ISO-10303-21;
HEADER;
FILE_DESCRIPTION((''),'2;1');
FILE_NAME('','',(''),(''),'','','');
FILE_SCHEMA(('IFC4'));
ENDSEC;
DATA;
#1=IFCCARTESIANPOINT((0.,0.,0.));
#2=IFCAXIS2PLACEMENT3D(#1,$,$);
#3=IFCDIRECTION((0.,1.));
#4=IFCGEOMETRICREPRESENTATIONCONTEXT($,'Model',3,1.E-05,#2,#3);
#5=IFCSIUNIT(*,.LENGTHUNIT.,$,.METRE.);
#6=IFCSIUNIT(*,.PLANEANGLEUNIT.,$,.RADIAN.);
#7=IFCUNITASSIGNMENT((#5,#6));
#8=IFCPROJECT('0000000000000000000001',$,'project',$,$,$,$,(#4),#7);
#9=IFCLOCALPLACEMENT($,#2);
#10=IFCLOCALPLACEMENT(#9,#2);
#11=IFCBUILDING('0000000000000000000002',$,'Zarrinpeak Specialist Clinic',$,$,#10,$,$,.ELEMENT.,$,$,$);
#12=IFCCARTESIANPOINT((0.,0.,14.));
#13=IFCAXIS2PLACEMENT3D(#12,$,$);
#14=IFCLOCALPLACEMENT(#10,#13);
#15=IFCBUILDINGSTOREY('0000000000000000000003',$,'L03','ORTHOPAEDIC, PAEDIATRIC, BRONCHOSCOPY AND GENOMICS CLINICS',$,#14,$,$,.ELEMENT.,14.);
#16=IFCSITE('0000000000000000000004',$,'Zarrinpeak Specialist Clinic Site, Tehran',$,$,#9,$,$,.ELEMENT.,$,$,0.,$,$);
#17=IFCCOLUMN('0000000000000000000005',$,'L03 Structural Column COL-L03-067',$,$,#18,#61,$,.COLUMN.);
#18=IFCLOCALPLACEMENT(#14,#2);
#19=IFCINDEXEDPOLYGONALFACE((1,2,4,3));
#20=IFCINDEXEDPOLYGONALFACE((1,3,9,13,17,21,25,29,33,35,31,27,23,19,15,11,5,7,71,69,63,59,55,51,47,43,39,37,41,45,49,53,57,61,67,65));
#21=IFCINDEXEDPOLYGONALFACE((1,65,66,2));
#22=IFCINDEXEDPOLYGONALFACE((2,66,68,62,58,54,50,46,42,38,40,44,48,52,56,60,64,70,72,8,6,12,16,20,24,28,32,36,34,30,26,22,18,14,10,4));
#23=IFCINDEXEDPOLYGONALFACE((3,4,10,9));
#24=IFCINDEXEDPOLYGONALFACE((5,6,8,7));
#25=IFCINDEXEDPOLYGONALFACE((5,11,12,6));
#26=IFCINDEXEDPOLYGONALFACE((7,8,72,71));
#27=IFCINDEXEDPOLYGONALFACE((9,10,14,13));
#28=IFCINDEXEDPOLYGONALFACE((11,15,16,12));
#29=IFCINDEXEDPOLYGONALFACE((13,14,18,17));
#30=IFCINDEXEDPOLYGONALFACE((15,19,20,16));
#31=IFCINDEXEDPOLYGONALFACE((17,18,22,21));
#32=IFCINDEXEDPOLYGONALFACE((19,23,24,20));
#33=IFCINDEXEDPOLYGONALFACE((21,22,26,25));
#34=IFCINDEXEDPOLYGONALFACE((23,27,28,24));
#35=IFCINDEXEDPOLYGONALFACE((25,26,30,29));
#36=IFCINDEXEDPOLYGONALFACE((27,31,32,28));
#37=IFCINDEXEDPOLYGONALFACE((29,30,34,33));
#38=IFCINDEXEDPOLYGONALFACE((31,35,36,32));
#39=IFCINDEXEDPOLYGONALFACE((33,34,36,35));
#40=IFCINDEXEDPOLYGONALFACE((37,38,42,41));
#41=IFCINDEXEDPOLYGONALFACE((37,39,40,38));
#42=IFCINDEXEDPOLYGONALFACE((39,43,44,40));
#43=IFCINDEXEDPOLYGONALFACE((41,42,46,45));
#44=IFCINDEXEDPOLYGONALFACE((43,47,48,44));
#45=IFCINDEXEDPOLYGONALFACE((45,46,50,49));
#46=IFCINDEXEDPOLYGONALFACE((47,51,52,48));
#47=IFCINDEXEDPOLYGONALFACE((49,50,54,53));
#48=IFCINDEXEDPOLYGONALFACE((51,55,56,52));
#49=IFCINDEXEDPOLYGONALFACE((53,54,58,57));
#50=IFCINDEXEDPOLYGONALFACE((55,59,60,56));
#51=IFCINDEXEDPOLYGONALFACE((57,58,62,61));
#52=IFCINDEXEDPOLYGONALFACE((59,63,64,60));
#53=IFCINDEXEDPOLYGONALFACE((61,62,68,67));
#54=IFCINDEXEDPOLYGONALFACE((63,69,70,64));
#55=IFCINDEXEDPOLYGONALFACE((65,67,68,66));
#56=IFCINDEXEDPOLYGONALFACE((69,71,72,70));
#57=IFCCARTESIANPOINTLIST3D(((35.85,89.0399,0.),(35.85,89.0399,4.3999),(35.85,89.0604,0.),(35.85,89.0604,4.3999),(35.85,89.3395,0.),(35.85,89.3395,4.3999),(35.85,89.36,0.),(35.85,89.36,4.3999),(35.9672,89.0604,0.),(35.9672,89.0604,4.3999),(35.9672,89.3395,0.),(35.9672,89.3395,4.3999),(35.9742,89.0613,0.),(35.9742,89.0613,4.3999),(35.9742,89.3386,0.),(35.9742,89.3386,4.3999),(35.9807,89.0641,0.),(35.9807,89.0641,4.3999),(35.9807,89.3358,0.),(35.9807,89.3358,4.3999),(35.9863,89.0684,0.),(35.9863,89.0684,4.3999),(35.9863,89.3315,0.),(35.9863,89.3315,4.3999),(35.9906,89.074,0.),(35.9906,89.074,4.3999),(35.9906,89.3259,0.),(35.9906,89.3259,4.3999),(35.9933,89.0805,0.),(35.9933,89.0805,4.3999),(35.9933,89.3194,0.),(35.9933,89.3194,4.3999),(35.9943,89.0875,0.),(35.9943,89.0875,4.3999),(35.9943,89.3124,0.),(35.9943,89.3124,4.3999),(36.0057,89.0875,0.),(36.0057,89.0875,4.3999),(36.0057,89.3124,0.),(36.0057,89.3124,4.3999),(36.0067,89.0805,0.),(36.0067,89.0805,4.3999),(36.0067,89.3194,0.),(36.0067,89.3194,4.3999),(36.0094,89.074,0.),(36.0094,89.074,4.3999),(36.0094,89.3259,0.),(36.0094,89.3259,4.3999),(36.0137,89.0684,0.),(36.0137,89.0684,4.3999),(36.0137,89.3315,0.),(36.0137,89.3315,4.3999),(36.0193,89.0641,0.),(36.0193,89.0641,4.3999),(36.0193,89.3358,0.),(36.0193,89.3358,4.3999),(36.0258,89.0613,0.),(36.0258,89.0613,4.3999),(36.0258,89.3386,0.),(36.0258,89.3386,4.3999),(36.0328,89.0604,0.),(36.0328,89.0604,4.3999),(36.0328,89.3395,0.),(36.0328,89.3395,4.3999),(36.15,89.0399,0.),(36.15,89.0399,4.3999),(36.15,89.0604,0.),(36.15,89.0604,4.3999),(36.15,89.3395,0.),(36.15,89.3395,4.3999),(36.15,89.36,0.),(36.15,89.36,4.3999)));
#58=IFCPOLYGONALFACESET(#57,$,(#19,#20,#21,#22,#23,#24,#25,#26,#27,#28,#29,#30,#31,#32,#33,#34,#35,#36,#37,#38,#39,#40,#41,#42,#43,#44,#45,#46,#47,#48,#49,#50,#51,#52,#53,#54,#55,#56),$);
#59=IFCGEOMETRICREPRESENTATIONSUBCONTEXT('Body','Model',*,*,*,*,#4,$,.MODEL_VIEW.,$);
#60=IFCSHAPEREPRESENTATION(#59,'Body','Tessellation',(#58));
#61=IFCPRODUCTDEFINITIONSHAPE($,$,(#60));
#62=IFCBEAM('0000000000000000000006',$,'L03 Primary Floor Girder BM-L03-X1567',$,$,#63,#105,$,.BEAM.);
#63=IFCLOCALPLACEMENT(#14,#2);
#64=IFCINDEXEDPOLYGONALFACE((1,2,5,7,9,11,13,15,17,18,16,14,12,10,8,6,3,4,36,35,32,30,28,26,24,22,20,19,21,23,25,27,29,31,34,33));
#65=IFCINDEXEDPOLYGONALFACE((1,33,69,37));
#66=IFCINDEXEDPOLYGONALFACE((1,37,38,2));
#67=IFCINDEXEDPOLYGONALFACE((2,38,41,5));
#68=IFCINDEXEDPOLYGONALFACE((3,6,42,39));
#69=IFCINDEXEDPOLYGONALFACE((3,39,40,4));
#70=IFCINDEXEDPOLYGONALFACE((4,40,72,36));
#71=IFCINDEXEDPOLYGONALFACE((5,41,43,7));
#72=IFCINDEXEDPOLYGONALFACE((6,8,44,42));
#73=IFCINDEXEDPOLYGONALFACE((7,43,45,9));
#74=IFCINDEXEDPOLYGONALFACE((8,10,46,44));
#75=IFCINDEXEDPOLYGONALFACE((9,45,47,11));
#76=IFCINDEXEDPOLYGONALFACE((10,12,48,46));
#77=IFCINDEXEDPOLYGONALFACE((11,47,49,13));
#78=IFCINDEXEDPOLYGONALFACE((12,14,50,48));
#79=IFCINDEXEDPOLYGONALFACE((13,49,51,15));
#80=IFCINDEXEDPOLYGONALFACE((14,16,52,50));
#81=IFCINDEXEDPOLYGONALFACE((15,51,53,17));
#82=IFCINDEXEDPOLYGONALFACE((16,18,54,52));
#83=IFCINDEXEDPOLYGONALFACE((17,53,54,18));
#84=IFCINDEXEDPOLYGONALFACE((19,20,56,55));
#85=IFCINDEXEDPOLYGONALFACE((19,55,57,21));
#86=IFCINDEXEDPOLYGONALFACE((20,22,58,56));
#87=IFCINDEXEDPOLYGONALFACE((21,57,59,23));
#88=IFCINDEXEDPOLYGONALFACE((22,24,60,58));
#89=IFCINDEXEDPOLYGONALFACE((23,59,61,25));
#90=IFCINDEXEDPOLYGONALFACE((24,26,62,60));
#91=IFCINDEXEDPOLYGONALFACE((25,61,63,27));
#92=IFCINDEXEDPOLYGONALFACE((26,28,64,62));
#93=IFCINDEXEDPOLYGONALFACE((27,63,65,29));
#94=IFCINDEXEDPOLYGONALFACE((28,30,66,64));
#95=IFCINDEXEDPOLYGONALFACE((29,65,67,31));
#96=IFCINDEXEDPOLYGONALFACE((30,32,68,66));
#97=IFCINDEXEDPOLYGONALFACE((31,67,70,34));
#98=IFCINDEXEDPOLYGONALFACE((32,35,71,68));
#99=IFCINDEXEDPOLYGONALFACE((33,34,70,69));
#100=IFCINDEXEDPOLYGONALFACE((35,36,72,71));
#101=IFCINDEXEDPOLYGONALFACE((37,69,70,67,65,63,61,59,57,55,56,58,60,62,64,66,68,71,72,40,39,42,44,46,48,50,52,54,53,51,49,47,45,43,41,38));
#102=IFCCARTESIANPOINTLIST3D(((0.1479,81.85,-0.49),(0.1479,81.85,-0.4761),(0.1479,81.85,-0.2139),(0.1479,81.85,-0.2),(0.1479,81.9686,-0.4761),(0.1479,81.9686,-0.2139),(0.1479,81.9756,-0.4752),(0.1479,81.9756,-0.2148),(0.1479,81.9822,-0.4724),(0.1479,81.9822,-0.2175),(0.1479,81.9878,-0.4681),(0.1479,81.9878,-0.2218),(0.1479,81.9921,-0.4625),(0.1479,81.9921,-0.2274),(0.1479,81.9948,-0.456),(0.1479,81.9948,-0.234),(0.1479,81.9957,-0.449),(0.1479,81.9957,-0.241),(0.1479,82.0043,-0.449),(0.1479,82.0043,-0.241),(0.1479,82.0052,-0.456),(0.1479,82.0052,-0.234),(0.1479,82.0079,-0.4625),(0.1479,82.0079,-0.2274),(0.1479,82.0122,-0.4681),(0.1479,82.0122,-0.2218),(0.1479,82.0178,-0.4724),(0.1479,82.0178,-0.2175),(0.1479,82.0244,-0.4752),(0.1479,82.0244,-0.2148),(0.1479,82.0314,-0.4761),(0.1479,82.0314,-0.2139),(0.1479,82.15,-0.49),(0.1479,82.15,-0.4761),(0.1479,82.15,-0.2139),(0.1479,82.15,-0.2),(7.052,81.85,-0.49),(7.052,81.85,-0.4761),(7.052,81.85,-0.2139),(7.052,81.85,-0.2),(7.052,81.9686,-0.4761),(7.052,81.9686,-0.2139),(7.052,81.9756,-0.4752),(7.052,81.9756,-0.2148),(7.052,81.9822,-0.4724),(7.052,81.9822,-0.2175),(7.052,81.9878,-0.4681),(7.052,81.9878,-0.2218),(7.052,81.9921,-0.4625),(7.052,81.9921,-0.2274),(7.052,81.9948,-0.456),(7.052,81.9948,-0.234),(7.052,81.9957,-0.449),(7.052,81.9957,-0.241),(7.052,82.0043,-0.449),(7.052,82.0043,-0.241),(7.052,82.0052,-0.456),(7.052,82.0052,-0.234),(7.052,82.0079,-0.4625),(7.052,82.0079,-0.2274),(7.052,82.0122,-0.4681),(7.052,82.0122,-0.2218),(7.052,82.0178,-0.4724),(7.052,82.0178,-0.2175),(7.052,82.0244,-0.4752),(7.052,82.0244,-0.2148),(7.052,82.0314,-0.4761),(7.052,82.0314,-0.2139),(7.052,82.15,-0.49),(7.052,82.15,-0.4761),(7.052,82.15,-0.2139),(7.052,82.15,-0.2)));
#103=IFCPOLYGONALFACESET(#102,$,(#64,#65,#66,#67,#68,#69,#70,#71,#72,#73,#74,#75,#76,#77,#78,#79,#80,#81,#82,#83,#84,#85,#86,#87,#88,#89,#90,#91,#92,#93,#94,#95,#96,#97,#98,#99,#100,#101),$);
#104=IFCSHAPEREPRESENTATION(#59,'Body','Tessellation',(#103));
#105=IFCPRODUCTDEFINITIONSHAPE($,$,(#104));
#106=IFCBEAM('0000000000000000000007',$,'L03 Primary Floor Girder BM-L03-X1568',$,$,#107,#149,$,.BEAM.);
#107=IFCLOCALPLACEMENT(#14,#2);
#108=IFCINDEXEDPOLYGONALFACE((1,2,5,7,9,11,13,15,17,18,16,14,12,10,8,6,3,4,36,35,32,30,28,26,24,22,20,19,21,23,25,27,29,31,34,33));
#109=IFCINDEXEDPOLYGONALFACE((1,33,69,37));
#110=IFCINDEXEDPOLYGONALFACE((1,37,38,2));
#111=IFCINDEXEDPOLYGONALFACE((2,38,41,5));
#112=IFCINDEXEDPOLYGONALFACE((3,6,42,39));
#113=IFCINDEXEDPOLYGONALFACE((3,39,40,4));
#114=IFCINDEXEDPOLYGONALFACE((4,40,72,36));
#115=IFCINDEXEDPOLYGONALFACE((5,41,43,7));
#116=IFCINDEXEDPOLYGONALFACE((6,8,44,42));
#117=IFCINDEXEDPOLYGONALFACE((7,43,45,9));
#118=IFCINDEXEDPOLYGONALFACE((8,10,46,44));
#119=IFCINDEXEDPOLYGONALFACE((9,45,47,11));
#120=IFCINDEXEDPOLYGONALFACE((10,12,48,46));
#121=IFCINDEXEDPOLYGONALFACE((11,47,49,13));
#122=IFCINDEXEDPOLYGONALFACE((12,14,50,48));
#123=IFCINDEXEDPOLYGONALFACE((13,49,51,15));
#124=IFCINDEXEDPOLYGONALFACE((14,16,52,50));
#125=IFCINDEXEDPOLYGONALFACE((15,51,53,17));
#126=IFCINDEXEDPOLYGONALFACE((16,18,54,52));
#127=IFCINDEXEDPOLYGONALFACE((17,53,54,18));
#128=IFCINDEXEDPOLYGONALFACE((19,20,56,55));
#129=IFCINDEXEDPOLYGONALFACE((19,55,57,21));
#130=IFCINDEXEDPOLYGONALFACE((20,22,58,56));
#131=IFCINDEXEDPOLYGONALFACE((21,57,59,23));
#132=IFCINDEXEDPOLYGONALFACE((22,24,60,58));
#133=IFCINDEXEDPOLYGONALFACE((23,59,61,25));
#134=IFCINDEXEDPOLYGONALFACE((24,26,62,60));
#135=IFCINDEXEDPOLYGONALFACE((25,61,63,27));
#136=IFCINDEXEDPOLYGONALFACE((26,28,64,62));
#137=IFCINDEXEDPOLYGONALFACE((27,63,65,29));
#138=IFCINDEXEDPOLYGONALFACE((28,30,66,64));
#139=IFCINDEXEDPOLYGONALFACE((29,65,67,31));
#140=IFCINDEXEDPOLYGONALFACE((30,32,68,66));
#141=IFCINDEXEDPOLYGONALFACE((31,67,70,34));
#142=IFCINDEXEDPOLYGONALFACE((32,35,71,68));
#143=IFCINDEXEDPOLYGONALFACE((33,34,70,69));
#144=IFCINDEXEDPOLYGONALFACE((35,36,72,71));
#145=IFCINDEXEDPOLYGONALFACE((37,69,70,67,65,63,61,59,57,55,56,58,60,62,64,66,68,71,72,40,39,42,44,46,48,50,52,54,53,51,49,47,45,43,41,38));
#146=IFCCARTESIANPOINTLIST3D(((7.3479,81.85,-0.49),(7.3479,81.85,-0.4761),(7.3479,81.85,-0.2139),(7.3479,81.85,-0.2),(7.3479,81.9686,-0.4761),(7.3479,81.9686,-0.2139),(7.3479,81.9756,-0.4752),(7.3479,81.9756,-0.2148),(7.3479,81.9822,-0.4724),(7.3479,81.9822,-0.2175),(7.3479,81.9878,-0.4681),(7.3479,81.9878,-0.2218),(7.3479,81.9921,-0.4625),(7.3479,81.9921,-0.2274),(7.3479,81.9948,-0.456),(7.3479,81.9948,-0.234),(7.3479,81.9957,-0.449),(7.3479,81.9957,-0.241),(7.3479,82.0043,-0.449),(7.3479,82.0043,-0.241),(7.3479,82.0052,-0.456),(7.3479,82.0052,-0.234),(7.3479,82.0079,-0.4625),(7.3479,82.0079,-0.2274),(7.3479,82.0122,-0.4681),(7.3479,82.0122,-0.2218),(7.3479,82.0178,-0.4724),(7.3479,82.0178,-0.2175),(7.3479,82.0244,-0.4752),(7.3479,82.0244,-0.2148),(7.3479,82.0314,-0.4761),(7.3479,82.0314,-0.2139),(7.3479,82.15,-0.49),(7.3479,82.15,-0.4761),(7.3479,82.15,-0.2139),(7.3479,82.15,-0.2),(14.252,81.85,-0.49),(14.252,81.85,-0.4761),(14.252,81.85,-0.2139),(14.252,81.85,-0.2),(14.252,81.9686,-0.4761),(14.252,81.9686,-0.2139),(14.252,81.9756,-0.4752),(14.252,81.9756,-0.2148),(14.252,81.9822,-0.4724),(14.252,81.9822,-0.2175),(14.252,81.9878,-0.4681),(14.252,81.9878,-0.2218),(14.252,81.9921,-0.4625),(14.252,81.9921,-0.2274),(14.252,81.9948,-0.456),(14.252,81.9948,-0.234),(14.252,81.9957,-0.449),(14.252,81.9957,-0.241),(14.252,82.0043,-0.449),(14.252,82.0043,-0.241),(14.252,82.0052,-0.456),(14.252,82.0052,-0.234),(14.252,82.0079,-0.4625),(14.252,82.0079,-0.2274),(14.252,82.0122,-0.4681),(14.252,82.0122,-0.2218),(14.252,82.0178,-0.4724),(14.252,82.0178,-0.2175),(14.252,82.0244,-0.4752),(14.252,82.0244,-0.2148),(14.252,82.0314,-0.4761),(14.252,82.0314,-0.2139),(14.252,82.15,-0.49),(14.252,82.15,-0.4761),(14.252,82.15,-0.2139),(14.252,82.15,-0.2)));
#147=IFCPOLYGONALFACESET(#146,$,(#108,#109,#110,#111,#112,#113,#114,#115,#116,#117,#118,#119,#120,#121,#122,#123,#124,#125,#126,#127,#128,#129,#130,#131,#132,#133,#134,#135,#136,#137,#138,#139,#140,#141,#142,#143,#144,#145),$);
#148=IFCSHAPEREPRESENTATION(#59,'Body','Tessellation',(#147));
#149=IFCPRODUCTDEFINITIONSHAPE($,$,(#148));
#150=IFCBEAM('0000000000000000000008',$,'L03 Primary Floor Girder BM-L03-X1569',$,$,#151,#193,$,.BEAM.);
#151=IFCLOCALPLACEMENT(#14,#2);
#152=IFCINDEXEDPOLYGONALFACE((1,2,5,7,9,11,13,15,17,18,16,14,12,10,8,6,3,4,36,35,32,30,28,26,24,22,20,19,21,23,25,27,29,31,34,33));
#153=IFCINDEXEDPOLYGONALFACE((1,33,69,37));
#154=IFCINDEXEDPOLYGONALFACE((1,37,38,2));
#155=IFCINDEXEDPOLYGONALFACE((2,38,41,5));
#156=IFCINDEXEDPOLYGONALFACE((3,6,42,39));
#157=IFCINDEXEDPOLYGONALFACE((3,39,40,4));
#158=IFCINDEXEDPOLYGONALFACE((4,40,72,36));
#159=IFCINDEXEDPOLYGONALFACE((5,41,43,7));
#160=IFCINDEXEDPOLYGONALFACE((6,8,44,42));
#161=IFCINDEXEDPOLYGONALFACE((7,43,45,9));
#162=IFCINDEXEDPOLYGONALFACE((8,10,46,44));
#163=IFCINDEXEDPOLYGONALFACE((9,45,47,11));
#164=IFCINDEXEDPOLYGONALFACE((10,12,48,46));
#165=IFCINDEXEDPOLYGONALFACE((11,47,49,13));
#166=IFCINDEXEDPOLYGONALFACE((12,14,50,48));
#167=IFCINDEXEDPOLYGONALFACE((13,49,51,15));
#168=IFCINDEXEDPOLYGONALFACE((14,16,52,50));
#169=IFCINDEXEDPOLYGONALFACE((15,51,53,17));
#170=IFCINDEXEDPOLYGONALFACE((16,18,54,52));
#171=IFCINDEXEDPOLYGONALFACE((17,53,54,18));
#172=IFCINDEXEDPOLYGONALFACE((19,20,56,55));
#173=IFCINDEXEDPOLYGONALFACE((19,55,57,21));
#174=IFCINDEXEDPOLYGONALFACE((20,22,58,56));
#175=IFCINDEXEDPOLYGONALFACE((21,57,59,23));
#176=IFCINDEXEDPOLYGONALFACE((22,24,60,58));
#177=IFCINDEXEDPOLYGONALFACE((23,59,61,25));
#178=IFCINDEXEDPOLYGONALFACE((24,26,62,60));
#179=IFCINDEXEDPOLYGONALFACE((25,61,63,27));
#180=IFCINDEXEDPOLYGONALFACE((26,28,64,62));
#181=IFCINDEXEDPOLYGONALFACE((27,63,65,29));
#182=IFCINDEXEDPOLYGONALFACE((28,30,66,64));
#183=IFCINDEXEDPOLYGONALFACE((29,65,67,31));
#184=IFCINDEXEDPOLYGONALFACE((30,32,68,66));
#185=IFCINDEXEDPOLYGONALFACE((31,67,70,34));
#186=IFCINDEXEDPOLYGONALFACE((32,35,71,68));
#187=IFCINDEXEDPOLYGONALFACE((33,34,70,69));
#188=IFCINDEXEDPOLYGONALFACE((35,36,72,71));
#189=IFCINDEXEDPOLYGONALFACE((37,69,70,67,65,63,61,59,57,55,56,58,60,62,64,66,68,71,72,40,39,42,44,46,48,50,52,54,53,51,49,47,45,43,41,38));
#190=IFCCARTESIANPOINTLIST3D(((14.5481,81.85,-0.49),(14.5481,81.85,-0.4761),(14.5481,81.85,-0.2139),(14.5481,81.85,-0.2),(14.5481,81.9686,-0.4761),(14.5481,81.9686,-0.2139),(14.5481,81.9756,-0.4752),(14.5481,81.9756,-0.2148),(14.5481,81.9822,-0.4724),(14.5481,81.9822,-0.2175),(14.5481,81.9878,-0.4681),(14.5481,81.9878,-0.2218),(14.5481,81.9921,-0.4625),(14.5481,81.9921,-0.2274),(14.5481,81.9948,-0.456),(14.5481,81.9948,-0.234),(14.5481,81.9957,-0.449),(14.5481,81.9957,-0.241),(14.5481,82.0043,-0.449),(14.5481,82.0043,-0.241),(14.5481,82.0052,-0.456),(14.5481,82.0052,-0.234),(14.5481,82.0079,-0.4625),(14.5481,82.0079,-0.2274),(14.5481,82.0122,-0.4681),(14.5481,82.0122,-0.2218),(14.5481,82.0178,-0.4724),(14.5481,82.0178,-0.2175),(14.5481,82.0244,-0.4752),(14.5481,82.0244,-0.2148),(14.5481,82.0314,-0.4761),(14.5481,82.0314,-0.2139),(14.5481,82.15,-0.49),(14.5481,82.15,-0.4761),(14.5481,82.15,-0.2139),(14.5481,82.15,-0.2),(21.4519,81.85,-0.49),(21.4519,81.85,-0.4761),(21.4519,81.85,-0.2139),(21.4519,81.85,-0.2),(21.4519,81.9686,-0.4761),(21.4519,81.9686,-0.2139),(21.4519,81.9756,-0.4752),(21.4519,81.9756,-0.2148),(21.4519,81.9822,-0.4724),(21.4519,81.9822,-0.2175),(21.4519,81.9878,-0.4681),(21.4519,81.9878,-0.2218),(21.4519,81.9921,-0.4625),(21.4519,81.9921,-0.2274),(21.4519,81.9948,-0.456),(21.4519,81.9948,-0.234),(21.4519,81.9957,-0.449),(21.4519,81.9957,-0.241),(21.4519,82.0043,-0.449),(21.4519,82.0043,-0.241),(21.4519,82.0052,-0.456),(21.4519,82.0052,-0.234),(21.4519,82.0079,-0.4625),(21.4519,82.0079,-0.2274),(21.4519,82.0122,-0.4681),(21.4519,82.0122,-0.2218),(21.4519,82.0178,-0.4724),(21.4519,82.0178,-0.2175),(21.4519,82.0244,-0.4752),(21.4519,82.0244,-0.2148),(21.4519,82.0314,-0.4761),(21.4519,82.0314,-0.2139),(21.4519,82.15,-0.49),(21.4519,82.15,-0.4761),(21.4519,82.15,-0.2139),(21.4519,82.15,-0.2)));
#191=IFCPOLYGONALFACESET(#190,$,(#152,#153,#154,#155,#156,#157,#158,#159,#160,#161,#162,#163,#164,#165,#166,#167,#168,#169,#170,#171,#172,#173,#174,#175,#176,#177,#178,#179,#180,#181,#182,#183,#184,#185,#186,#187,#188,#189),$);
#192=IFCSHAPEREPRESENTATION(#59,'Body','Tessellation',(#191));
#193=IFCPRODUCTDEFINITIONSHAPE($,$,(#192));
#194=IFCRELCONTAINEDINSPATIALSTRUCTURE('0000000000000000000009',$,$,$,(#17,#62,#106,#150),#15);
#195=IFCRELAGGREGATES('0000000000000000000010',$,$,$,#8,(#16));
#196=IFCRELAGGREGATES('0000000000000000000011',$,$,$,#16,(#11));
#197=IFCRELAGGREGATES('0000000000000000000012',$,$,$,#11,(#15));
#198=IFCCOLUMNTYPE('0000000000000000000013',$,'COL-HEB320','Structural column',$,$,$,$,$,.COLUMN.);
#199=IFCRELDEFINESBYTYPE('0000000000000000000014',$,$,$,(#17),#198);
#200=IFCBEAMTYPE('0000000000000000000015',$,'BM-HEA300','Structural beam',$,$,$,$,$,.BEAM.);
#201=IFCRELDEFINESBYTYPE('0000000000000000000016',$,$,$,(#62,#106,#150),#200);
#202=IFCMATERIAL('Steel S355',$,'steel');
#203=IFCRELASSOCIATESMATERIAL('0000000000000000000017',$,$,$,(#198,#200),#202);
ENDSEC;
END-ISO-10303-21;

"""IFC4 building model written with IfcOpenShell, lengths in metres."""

from ifc_helpers import new_model, si_unit, direction, frame, origin, origin_2d, place, context, subcontext, project, spatial, i_section, extrude, material, material_profile, profile_set, type_object, element, save


model = new_model("IFC4")

# Units and contexts
model_context = context("Model", 3, precision=1e-05, world=origin(), true_north=direction((0.0, 1.0)))
body_context = subcontext(model_context, "Body", "Model", "MODEL_VIEW")
ifc_project = project(units=[si_unit("LENGTHUNIT", "METRE"), si_unit("PLANEANGLEUNIT", "RADIAN")], contexts=[model_context])

# Site, building, storey
site_placement = place(None, origin())
site = spatial("IfcSite", under=ifc_project, at=site_placement, Name="Zarrinpeak Specialist Clinic Site, Tehran", CompositionType="ELEMENT", RefElevation=0.0)
building_placement = place(site_placement, origin())
building = spatial("IfcBuilding", under=site, at=building_placement, Name="Zarrinpeak Specialist Clinic", CompositionType="ELEMENT")
storey_placement = place(building_placement, frame((0.0, 0.0, 14.0)))
storey = spatial("IfcBuildingStorey", under=building, at=storey_placement, Name="L03", Description="ORTHOPAEDIC, PAEDIATRIC, BRONCHOSCOPY AND GENOMICS CLINICS", CompositionType="ELEMENT", Elevation=14.0)

# Column
ifc_material_1 = material(Name="Steel S355", Category="steel")
ifc_material_profile_1 = material_profile(ifc_material_1, i_section(OverallWidth=0.3, OverallDepth=0.3201, WebThickness=0.0115, FlangeThickness=0.0205, FilletRadius=0.0271, at=origin_2d()), Name="HEB 320")
ifc_profile_set_1 = profile_set([ifc_material_profile_1], Name="Steel S355")
column_type_1 = type_object("IfcColumnType", Name="COL-HEB320", Description="Structural column", PredefinedType="COLUMN", material=ifc_profile_set_1)
column_placement = place(storey_placement, frame((36.0, 89.2, 0.0), z_axis=(0.0, 0.0, 1.0), x_axis=(1.0, 0.0, 0.0)))
element("IfcColumn", 1, at=column_placement, inside=storey, type_object=column_type_1, Name="L03 Structural Column COL-L03-067", PredefinedType="COLUMN", context=body_context, shape_type="SweptSolid", body=[
    extrude(i_section(OverallWidth=0.3, OverallDepth=0.3201, WebThickness=0.0115, FlangeThickness=0.0205, FilletRadius=0.0271, at=origin_2d()), origin(), (0.0, 0.0, 1.0), 4.3999),
])

# Beams
ifc_material_profile_2 = material_profile(ifc_material_1, i_section(OverallWidth=0.3, OverallDepth=0.29, WebThickness=0.0085, FlangeThickness=0.0139, FilletRadius=0.0271, at=origin_2d()), Name="HEA 300")
ifc_profile_set_2 = profile_set([ifc_material_profile_2], Name="Steel S355")
beam_type_1 = type_object("IfcBeamType", Name="BM-HEA300", Description="Structural beam", PredefinedType="BEAM", material=ifc_profile_set_2)
for number, where, z_axis, x_axis, name in (
    (2, (0.1479, 82.0, -0.345), (1.0, 0.0, 0.0), (0.0, 1.0, 0.0), "L03 Primary Floor Girder BM-L03-X1567"),
    (3, (7.3479, 82.0, -0.345), (1.0, 0.0, 0.0), (0.0, 1.0, 0.0), "L03 Primary Floor Girder BM-L03-X1568"),
):
    element("IfcBeam", number, at=place(storey_placement, frame(where, z_axis=z_axis, x_axis=x_axis)), inside=storey, type_object=beam_type_1, Name=name, PredefinedType="BEAM", context=body_context, shape_type="SweptSolid", body=[
        extrude(i_section(OverallWidth=0.3, OverallDepth=0.29, WebThickness=0.0085, FlangeThickness=0.0139, FilletRadius=0.0271, at=origin_2d()), origin(), (0.0, 0.0, 1.0), 6.9041),
    ])
beam_1_placement = place(storey_placement, frame((14.5481, 82.0, -0.345), z_axis=(1.0, 0.0, 0.0), x_axis=(0.0, 1.0, 0.0)))
element("IfcBeam", 4, at=beam_1_placement, inside=storey, type_object=beam_type_1, Name="L03 Primary Floor Girder BM-L03-X1569", PredefinedType="BEAM", context=body_context, shape_type="SweptSolid", body=[
    extrude(i_section(OverallWidth=0.3, OverallDepth=0.29, WebThickness=0.0085, FlangeThickness=0.0139, FilletRadius=0.0271, at=origin_2d()), origin(), (0.0, 0.0, 1.0), 6.9038),
])

save(model, "model.ifc")
